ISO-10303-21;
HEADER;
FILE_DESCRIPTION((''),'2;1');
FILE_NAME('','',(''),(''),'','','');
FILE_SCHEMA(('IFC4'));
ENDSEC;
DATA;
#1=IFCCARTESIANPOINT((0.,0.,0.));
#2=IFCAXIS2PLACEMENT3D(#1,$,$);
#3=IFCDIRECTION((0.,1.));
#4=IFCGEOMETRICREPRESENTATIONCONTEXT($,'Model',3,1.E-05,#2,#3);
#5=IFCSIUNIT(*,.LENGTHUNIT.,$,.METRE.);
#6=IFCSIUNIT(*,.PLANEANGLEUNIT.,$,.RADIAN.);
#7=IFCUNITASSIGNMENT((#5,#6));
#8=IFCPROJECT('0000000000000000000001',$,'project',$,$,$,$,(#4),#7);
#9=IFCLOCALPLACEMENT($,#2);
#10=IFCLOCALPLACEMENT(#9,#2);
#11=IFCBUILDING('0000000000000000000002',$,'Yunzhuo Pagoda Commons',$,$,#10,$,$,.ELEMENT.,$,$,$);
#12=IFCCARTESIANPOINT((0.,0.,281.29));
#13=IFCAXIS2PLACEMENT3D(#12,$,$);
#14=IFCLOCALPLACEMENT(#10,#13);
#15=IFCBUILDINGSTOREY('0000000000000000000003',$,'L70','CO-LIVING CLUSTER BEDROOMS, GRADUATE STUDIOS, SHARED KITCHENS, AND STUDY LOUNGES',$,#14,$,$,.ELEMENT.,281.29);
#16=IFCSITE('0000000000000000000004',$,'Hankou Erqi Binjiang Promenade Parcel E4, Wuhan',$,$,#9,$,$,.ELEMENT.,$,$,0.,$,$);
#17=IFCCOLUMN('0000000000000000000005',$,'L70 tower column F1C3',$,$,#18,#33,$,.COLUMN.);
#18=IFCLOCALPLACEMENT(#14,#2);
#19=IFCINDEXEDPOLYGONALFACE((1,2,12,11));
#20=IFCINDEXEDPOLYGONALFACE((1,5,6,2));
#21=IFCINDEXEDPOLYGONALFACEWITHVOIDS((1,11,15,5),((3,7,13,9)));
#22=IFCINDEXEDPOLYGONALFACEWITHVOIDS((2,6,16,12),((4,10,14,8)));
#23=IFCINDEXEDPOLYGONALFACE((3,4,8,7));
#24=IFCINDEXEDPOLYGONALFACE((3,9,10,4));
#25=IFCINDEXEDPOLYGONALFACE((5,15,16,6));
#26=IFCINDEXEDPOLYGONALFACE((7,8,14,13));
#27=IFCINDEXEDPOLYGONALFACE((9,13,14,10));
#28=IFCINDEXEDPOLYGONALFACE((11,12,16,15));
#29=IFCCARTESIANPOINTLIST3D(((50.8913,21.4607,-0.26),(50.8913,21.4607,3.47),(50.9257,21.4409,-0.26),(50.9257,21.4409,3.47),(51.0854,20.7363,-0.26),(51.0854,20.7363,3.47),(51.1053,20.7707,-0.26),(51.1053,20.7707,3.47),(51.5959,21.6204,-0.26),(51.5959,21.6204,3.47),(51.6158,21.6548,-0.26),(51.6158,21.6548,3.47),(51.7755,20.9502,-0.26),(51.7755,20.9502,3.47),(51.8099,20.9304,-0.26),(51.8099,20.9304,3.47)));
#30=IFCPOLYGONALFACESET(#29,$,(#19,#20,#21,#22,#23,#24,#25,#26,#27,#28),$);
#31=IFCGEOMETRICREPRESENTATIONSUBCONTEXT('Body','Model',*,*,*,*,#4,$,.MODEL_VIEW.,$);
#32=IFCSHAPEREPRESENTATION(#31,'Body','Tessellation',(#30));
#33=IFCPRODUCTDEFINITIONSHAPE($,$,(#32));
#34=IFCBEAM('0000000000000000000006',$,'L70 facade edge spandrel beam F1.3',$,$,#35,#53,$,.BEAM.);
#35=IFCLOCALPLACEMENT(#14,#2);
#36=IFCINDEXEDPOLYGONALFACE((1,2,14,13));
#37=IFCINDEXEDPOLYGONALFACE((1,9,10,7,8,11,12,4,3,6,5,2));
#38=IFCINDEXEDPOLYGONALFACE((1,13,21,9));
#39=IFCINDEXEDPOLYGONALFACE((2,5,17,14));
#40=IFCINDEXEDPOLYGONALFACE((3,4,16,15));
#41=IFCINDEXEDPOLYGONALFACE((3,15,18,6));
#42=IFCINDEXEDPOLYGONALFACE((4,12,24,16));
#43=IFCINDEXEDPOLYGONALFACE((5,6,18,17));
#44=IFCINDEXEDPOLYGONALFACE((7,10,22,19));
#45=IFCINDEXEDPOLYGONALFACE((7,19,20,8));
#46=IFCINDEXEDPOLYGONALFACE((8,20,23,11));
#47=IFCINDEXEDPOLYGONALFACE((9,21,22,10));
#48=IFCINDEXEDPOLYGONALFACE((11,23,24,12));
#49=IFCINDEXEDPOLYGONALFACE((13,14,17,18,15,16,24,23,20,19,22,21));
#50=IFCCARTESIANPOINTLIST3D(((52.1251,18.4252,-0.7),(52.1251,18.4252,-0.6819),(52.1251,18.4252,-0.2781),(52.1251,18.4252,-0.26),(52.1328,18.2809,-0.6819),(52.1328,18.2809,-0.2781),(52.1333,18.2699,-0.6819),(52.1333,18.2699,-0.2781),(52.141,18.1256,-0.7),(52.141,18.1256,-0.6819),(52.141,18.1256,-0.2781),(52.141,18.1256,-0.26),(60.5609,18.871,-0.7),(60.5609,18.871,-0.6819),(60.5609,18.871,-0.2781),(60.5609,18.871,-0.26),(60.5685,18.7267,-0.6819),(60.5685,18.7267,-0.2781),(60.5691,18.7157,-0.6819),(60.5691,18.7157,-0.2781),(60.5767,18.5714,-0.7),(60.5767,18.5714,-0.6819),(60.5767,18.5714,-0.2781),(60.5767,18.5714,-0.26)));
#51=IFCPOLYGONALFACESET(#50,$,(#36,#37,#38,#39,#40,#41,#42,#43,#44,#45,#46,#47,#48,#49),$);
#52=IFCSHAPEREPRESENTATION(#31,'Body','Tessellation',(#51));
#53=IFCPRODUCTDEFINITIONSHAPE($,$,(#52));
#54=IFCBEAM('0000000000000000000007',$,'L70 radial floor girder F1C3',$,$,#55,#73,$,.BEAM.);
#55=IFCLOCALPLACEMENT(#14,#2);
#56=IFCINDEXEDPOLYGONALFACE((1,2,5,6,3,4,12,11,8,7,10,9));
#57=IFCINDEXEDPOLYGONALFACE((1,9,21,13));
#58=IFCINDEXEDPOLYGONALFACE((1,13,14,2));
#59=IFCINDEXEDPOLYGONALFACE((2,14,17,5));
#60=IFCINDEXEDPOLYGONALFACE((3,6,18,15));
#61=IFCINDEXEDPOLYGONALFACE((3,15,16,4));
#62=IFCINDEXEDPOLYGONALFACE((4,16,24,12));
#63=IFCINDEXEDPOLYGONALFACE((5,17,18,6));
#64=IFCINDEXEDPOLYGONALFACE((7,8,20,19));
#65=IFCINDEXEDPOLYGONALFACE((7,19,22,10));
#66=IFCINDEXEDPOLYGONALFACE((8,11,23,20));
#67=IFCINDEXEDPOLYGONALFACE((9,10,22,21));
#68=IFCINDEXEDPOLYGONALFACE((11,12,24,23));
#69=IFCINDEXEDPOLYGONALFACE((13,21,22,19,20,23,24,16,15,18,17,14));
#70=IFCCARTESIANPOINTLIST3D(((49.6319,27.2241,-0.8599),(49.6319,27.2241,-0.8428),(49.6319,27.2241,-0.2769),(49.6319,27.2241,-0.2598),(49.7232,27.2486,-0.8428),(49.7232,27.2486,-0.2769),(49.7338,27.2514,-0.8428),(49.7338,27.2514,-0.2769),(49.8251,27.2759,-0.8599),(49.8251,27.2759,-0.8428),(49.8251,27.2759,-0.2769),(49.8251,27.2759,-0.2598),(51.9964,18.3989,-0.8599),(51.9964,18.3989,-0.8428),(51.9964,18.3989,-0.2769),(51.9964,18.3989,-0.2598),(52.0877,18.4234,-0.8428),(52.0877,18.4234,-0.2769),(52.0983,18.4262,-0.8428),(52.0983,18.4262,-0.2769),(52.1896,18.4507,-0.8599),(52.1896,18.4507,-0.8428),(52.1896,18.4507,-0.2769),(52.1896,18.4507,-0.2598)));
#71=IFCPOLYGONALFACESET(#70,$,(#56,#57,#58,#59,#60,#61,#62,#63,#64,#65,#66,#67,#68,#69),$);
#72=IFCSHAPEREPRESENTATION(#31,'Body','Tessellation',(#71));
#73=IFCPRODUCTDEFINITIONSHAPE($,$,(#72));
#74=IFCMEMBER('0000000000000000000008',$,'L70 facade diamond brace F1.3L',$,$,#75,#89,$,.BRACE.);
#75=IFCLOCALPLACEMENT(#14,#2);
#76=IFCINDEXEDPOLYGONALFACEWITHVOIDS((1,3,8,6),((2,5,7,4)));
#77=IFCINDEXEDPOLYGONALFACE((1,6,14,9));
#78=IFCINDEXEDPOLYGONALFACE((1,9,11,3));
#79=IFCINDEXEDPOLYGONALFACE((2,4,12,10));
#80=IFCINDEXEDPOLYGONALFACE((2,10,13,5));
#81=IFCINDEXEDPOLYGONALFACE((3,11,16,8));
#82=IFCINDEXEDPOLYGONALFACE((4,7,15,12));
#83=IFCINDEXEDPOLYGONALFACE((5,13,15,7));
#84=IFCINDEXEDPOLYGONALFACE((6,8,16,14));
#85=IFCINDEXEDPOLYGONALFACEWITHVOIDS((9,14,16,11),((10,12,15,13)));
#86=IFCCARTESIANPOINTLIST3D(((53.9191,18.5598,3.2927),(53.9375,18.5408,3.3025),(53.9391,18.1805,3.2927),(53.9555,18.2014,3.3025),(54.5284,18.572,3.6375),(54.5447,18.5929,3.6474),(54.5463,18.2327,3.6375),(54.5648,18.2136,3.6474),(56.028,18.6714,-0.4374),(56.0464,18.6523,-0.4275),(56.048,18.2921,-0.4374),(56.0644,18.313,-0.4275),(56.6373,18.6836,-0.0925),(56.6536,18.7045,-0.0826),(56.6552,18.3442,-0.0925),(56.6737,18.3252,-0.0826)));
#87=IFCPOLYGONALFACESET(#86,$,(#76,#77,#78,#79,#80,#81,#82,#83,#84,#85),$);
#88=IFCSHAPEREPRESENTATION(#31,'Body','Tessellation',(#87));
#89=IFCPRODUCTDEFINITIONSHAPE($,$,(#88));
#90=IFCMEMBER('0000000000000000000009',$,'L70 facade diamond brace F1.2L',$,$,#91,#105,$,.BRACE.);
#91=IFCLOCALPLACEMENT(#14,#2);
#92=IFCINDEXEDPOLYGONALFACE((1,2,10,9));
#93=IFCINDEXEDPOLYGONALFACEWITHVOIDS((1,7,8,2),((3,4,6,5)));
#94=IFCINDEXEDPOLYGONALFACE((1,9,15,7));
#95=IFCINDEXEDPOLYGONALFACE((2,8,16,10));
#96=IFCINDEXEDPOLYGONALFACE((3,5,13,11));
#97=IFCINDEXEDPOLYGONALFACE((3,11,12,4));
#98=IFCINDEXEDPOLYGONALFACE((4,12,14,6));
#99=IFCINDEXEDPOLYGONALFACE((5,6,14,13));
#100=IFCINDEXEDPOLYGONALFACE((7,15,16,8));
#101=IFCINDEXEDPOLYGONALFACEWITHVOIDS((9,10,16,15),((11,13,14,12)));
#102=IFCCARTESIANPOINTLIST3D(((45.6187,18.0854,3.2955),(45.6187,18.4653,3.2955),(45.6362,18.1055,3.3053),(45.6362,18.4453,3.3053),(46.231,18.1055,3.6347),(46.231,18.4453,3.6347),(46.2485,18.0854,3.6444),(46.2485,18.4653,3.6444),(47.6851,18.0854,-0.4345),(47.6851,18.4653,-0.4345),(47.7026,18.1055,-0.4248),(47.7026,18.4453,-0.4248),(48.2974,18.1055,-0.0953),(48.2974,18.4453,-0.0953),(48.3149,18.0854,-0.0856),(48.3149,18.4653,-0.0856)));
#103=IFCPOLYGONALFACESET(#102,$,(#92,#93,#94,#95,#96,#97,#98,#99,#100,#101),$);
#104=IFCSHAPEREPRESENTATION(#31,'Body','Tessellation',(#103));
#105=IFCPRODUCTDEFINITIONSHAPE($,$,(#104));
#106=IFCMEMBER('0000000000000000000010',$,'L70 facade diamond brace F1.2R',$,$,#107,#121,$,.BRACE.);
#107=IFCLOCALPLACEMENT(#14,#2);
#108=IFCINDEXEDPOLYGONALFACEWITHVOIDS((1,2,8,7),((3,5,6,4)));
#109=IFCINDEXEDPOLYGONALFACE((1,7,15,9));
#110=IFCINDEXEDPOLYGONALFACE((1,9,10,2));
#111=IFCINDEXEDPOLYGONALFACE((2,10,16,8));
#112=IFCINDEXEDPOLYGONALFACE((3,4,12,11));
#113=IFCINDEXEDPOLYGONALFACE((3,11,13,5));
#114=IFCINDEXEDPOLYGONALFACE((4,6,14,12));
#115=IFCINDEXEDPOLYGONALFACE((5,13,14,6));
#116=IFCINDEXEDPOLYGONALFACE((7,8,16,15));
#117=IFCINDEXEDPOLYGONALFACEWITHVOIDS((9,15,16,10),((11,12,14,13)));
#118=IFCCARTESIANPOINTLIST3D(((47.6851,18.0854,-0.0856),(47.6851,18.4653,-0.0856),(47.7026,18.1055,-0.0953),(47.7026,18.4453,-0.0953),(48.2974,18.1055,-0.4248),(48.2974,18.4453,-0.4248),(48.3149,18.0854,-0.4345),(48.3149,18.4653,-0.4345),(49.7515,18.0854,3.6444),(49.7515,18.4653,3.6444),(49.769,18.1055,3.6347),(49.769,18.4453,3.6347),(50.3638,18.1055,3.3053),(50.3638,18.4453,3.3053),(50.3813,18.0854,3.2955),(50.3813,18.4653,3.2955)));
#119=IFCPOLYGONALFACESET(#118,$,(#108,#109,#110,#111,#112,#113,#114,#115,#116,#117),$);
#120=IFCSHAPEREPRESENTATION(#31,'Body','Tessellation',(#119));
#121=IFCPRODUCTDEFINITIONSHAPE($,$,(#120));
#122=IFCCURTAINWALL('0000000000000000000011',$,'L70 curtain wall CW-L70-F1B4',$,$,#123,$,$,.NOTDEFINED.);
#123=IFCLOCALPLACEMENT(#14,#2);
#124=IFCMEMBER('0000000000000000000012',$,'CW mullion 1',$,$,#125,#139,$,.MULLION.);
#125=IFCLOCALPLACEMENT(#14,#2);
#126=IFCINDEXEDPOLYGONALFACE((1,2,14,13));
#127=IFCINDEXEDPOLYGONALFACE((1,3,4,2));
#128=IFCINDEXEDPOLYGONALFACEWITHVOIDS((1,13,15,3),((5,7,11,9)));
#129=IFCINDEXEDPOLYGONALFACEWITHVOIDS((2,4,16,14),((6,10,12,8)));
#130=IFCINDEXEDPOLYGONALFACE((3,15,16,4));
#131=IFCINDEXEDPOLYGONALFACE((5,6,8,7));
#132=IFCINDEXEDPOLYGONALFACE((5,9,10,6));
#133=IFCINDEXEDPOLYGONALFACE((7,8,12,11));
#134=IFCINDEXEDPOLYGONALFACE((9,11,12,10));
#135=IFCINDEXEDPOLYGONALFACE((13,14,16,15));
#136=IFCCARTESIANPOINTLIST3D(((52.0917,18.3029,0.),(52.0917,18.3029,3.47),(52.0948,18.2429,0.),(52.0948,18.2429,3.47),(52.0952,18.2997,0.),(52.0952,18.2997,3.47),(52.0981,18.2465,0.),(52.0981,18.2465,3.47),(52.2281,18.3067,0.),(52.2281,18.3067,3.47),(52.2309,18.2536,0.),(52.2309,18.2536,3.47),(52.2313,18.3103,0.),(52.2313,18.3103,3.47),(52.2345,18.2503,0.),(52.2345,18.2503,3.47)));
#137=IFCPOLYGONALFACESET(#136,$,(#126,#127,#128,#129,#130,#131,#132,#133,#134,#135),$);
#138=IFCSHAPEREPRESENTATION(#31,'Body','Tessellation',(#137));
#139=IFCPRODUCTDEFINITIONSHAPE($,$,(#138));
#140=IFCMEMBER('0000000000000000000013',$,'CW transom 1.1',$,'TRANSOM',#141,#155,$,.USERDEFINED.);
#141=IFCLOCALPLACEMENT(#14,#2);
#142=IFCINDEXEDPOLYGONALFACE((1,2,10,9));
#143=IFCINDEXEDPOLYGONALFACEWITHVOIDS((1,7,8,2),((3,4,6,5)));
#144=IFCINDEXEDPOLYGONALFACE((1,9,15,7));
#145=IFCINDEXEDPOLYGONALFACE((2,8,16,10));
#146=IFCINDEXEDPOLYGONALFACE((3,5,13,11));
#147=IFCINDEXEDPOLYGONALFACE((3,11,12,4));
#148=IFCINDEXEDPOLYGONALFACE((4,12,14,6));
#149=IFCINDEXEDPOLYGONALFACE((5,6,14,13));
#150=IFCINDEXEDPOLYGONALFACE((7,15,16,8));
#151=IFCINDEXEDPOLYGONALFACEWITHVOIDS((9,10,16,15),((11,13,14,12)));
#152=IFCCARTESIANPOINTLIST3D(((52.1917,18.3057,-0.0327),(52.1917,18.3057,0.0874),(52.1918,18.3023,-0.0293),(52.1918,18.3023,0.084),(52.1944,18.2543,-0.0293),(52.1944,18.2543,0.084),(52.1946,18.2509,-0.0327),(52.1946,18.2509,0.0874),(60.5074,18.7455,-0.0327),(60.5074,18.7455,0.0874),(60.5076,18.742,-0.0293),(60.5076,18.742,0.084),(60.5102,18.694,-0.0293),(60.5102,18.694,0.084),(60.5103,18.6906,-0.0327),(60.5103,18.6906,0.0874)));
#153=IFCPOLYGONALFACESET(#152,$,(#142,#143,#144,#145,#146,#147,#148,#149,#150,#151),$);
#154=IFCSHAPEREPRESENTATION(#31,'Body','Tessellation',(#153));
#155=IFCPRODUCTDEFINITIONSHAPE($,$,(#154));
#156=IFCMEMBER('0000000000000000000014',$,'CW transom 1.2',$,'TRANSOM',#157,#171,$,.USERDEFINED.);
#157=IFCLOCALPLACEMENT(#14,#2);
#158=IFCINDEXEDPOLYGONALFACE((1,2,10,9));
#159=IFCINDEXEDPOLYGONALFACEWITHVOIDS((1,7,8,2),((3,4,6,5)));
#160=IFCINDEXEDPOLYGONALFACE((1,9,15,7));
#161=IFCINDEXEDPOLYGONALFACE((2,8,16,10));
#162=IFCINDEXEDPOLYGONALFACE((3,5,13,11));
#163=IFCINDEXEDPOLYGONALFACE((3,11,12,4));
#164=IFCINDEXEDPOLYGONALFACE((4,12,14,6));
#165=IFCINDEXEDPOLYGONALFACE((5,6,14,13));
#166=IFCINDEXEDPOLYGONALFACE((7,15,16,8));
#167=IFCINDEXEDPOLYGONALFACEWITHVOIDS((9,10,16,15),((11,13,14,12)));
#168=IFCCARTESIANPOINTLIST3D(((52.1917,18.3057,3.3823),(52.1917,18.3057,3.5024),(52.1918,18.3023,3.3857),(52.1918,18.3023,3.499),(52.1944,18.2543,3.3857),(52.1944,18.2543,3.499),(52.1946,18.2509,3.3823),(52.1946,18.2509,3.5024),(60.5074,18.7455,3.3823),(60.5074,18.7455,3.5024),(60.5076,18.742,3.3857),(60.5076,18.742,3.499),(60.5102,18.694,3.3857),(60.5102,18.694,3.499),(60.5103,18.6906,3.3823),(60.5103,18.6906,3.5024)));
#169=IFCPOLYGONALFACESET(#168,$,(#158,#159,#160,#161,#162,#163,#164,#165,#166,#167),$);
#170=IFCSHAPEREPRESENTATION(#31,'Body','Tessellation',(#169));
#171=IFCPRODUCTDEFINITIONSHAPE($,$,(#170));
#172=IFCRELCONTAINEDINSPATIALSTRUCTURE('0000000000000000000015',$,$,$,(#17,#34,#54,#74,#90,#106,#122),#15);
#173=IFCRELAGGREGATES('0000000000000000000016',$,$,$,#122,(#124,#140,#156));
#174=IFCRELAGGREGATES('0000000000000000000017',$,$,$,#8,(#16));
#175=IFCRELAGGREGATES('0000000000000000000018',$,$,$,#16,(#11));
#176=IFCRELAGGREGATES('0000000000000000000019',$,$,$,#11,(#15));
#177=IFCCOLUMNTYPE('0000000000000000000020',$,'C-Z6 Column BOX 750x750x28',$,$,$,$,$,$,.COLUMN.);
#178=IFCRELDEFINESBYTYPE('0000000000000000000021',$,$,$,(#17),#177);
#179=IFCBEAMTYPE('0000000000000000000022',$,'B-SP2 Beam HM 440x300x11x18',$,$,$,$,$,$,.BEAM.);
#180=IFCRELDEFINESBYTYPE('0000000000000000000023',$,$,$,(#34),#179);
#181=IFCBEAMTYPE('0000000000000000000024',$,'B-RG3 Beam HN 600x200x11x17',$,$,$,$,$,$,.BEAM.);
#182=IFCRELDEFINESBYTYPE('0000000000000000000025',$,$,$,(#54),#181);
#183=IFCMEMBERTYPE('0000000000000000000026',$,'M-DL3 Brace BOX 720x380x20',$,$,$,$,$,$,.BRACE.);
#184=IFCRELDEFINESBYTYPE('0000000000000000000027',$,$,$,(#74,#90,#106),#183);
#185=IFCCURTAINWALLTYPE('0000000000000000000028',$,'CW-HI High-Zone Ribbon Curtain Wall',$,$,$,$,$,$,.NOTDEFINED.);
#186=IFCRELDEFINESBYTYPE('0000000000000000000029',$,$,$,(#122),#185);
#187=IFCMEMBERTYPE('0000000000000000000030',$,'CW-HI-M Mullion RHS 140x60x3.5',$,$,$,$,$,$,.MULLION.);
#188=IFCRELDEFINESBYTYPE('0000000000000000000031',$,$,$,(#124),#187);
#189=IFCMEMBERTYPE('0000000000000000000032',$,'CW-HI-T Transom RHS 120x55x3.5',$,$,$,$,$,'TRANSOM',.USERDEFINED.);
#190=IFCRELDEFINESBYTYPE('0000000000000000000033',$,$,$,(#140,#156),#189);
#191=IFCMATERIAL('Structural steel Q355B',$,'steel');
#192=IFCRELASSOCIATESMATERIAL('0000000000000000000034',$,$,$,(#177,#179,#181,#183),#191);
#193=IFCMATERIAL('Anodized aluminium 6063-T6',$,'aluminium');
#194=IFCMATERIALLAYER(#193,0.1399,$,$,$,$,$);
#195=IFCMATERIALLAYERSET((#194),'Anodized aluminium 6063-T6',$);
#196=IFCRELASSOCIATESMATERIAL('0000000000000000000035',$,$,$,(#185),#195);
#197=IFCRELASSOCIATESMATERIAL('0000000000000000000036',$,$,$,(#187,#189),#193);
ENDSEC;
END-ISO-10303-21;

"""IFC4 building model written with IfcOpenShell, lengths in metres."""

from ifc_helpers import new_model, si_unit, direction, frame, origin, origin_2d, place, context, subcontext, project, spatial, hollow_rectangle, i_section, extrude, source, transform, mapped, material, layer, layer_set, material_profile, profile_set, type_object, element, aggregate, save


model = new_model("IFC4")

# Units and contexts
model_context = context("Model", 3, precision=1e-05, world=origin(), true_north=direction((0.0, 1.0)))
body_context = subcontext(model_context, "Body", "Model", "MODEL_VIEW")
ifc_project = project(units=[si_unit("LENGTHUNIT", "METRE"), si_unit("PLANEANGLEUNIT", "RADIAN")], contexts=[model_context])

# Site, building, storey
site_placement = place(None, origin())
site = spatial("IfcSite", under=ifc_project, at=site_placement, Name="Hankou Erqi Binjiang Promenade Parcel E4, Wuhan", CompositionType="ELEMENT", RefElevation=0.0)
building_placement = place(site_placement, origin())
building = spatial("IfcBuilding", under=site, at=building_placement, Name="Yunzhuo Pagoda Commons", CompositionType="ELEMENT")
storey_placement = place(building_placement, frame((0.0, 0.0, 281.29)))
storey = spatial("IfcBuildingStorey", under=building, at=storey_placement, Name="L70", Description="CO-LIVING CLUSTER BEDROOMS, GRADUATE STUDIOS, SHARED KITCHENS, AND STUDY LOUNGES", CompositionType="ELEMENT", Elevation=281.29)

# Column
ifc_material_1 = material(Name="Structural steel Q355B", Category="steel")
ifc_material_profile_1 = material_profile(ifc_material_1, hollow_rectangle(XDim=0.75, YDim=0.75, WallThickness=0.0281, at=origin_2d()), Name="Structural steel Q355B")
ifc_profile_set_1 = profile_set([ifc_material_profile_1], Name="Structural steel Q355B")
column_type = type_object("IfcColumnType", Name="C-Z6 Column BOX 750x750x28", PredefinedType="COLUMN", material=ifc_profile_set_1)
shared_shape_1 = source(origin(), body_context, "Body", "SweptSolid", [
    extrude(hollow_rectangle(XDim=0.75, YDim=0.75, WallThickness=0.0281, at=origin_2d()), origin(), (0.0, 0.0, 1.0), 3.73),
])
column_placement = place(storey_placement, frame((51.3506, 21.1956, -0.26), z_axis=(0.0, 0.0, 1.0), x_axis=(0.965926, 0.258819, 0.0)))
element("IfcColumn", 1, at=column_placement, inside=storey, type_object=column_type, Name="L70 tower column F1C3", PredefinedType="COLUMN", context=body_context, shape_type="MappedRepresentation", body=[
    mapped(shared_shape_1, transform((0.0, 0.0, 0.0), scale=1.0)),
])

# Beams
ifc_material_profile_2 = material_profile(ifc_material_1, i_section(OverallWidth=0.3, OverallDepth=0.4399, WebThickness=0.011, FlangeThickness=0.0181, at=origin_2d()), Name="Structural steel Q355B")
ifc_profile_set_2 = profile_set([ifc_material_profile_2], Name="Structural steel Q355B")
beam_type_1 = type_object("IfcBeamType", Name="B-SP2 Beam HM 440x300x11x18", PredefinedType="BEAM", material=ifc_profile_set_2)
shared_shape_2 = source(origin(), body_context, "Body", "SweptSolid", [
    extrude(i_section(OverallWidth=0.3, OverallDepth=0.4399, WebThickness=0.011, FlangeThickness=0.0181, at=origin_2d()), origin(), (0.0, 0.0, 1.0), 8.4475),
])
beam_1_placement = place(storey_placement, frame((52.1331, 18.2754, -0.48), z_axis=(0.998607, 0.052773, 0.0), x_axis=(-0.052773, 0.998607, 0.0)))
element("IfcBeam", 2, at=beam_1_placement, inside=storey, type_object=beam_type_1, Name="L70 facade edge spandrel beam F1.3", PredefinedType="BEAM", context=body_context, shape_type="MappedRepresentation", body=[
    mapped(shared_shape_2, transform((0.0, 0.0, 0.0), scale=1.0)),
])
ifc_material_profile_3 = material_profile(ifc_material_1, i_section(OverallWidth=0.2, OverallDepth=0.6001, WebThickness=0.011, FlangeThickness=0.0171, at=origin_2d()), Name="Structural steel Q355B")
ifc_profile_set_3 = profile_set([ifc_material_profile_3], Name="Structural steel Q355B")
beam_type_2 = type_object("IfcBeamType", Name="B-RG3 Beam HN 600x200x11x17", PredefinedType="BEAM", material=ifc_profile_set_3)
shared_shape_3 = source(origin(), body_context, "Body", "SweptSolid", [
    extrude(i_section(OverallWidth=0.2, OverallDepth=0.6001, WebThickness=0.011, FlangeThickness=0.0171, at=origin_2d()), origin(), (0.0, 0.0, 1.0), 9.1365),
])
beam_2_placement = place(storey_placement, frame((52.093, 18.4248, -0.5598), z_axis=(-0.258798, 0.965931, 0.0), x_axis=(-0.965931, -0.258798, 0.0)))
element("IfcBeam", 3, at=beam_2_placement, inside=storey, type_object=beam_type_2, Name="L70 radial floor girder F1C3", PredefinedType="BEAM", context=body_context, shape_type="MappedRepresentation", body=[
    mapped(shared_shape_3, transform((0.0, 0.0, 0.0), scale=1.0)),
])

# Members
ifc_material_profile_4 = material_profile(ifc_material_1, hollow_rectangle(XDim=0.3799, YDim=0.72, WallThickness=0.02, at=origin_2d()), Name="Structural steel Q355B")
ifc_profile_set_4 = profile_set([ifc_material_profile_4], Name="Structural steel Q355B")
member_type_1 = type_object("IfcMemberType", Name="M-DL3 Brace BOX 720x380x20", PredefinedType="BRACE", material=ifc_profile_set_4)
shared_shape_4 = source(origin(), body_context, "Body", "SweptSolid", [
    extrude(hollow_rectangle(XDim=0.3799, YDim=0.72, WallThickness=0.02, at=origin_2d()), origin(), (0.0, 0.0, 1.0), 4.2864),
])
member_1_placement = place(storey_placement, frame((56.3508, 18.4983, -0.26), z_axis=(-0.492003, -0.02603, 0.870204), x_axis=(0.052832, -0.998603, 0.0)))
element("IfcMember", 4, at=member_1_placement, inside=storey, type_object=member_type_1, Name="L70 facade diamond brace F1.3L", PredefinedType="BRACE", context=body_context, shape_type="MappedRepresentation", body=[
    mapped(shared_shape_4, transform((0.0, 0.0, 0.0), scale=1.0)),
])
shared_shape_5 = source(origin(), body_context, "Body", "SweptSolid", [
    extrude(hollow_rectangle(XDim=0.3799, YDim=0.72, WallThickness=0.02, at=origin_2d()), origin(), (0.0, 0.0, 1.0), 4.2642),
])
for number, where, z_axis, x_axis, name in (
    (5, (48.0, 18.2754, -0.26), (-0.484602, 0.0, 0.874735), (0.0, -1.0, 0.0), "L70 facade diamond brace F1.2L"),
    (6, (48.0, 18.2754, -0.26), (0.484602, 0.0, 0.874735), (0.0, 1.0, 0.0), "L70 facade diamond brace F1.2R"),
):
    element("IfcMember", number, at=place(storey_placement, frame(where, z_axis=z_axis, x_axis=x_axis)), inside=storey, type_object=member_type_1, Name=name, PredefinedType="BRACE", context=body_context, shape_type="MappedRepresentation", body=[
        mapped(shared_shape_5, transform((0.0, 0.0, 0.0), scale=1.0)),
    ])

# Curtain wall, members
ifc_material_2 = material(Name="Anodized aluminium 6063-T6", Category="aluminium")
ifc_layer_1 = layer(ifc_material_2, 0.1399)
ifc_layer_set_1 = layer_set([ifc_layer_1], Name="Anodized aluminium 6063-T6")
curtain_wall_type = type_object("IfcCurtainWallType", Name="CW-HI High-Zone Ribbon Curtain Wall", PredefinedType="NOTDEFINED", material=ifc_layer_set_1)
curtain_wall_1_placement = place(storey_placement, origin())
curtain_wall_1 = element("IfcCurtainWall", 7, at=curtain_wall_1_placement, inside=storey, type_object=curtain_wall_type, Name="L70 curtain wall CW-L70-F1B4", PredefinedType="NOTDEFINED")
ifc_material_profile_5 = material_profile(ifc_material_2, hollow_rectangle(XDim=0.0601, YDim=0.1399, WallThickness=0.0034, at=origin_2d()), Name="Anodized aluminium 6063-T6")
ifc_profile_set_5 = profile_set([ifc_material_profile_5], Name="Anodized aluminium 6063-T6")
member_type_2 = type_object("IfcMemberType", Name="CW-HI-M Mullion RHS 140x60x3.5", PredefinedType="MULLION", material=ifc_profile_set_5)
shared_shape_6 = source(origin(), body_context, "Body", "SweptSolid", [
    extrude(hollow_rectangle(XDim=0.0601, YDim=0.1399, WallThickness=0.0034, at=origin_2d()), origin(), (0.0, 0.0, 1.0), 3.47),
])
member_2_placement = place(storey_placement, frame((52.1631, 18.2766, 0.0), z_axis=(0.0, 0.0, 1.0), x_axis=(-0.052822, 0.998604, 0.0)))
member_2 = element("IfcMember", 8, at=member_2_placement, type_object=member_type_2, Name="CW mullion 1", PredefinedType="MULLION", context=body_context, shape_type="MappedRepresentation", body=[
    mapped(shared_shape_6, transform((0.0, 0.0, 0.0), scale=1.0)),
])
ifc_material_profile_6 = material_profile(ifc_material_2, hollow_rectangle(XDim=0.0549, YDim=0.1201, WallThickness=0.0034, at=origin_2d()), Name="Anodized aluminium 6063-T6")
ifc_profile_set_6 = profile_set([ifc_material_profile_6], Name="Anodized aluminium 6063-T6")
member_type_3 = type_object("IfcMemberType", Name="CW-HI-T Transom RHS 120x55x3.5", ElementType="TRANSOM", PredefinedType="USERDEFINED", material=ifc_profile_set_6)
shared_shape_7 = source(origin(), body_context, "Body", "SweptSolid", [
    extrude(hollow_rectangle(XDim=0.0549, YDim=0.1201, WallThickness=0.0034, at=origin_2d()), origin(), (0.0, 0.0, 1.0), 8.3274),
])
member_3_placement = place(storey_placement, frame((52.1931, 18.2783, 0.0273), z_axis=(0.998605, 0.052802, 0.0), x_axis=(-0.052802, 0.998605, 0.0)))
member_3 = element("IfcMember", 9, at=member_3_placement, type_object=member_type_3, Name="CW transom 1.1", ObjectType="TRANSOM", PredefinedType="USERDEFINED", context=body_context, shape_type="MappedRepresentation", body=[
    mapped(shared_shape_7, transform((0.0, 0.0, 0.0), scale=1.0)),
])
member_4_placement = place(storey_placement, frame((52.1931, 18.2783, 3.4424), z_axis=(0.998605, 0.052802, 0.0), x_axis=(-0.052802, 0.998605, 0.0)))
member_4 = element("IfcMember", 10, at=member_4_placement, type_object=member_type_3, Name="CW transom 1.2", ObjectType="TRANSOM", PredefinedType="USERDEFINED", context=body_context, shape_type="MappedRepresentation", body=[
    mapped(shared_shape_7, transform((0.0, 0.0, 0.0), scale=1.0)),
])

aggregate(curtain_wall_1, [member_2, member_3, member_4])

save(model, "model.ifc")
